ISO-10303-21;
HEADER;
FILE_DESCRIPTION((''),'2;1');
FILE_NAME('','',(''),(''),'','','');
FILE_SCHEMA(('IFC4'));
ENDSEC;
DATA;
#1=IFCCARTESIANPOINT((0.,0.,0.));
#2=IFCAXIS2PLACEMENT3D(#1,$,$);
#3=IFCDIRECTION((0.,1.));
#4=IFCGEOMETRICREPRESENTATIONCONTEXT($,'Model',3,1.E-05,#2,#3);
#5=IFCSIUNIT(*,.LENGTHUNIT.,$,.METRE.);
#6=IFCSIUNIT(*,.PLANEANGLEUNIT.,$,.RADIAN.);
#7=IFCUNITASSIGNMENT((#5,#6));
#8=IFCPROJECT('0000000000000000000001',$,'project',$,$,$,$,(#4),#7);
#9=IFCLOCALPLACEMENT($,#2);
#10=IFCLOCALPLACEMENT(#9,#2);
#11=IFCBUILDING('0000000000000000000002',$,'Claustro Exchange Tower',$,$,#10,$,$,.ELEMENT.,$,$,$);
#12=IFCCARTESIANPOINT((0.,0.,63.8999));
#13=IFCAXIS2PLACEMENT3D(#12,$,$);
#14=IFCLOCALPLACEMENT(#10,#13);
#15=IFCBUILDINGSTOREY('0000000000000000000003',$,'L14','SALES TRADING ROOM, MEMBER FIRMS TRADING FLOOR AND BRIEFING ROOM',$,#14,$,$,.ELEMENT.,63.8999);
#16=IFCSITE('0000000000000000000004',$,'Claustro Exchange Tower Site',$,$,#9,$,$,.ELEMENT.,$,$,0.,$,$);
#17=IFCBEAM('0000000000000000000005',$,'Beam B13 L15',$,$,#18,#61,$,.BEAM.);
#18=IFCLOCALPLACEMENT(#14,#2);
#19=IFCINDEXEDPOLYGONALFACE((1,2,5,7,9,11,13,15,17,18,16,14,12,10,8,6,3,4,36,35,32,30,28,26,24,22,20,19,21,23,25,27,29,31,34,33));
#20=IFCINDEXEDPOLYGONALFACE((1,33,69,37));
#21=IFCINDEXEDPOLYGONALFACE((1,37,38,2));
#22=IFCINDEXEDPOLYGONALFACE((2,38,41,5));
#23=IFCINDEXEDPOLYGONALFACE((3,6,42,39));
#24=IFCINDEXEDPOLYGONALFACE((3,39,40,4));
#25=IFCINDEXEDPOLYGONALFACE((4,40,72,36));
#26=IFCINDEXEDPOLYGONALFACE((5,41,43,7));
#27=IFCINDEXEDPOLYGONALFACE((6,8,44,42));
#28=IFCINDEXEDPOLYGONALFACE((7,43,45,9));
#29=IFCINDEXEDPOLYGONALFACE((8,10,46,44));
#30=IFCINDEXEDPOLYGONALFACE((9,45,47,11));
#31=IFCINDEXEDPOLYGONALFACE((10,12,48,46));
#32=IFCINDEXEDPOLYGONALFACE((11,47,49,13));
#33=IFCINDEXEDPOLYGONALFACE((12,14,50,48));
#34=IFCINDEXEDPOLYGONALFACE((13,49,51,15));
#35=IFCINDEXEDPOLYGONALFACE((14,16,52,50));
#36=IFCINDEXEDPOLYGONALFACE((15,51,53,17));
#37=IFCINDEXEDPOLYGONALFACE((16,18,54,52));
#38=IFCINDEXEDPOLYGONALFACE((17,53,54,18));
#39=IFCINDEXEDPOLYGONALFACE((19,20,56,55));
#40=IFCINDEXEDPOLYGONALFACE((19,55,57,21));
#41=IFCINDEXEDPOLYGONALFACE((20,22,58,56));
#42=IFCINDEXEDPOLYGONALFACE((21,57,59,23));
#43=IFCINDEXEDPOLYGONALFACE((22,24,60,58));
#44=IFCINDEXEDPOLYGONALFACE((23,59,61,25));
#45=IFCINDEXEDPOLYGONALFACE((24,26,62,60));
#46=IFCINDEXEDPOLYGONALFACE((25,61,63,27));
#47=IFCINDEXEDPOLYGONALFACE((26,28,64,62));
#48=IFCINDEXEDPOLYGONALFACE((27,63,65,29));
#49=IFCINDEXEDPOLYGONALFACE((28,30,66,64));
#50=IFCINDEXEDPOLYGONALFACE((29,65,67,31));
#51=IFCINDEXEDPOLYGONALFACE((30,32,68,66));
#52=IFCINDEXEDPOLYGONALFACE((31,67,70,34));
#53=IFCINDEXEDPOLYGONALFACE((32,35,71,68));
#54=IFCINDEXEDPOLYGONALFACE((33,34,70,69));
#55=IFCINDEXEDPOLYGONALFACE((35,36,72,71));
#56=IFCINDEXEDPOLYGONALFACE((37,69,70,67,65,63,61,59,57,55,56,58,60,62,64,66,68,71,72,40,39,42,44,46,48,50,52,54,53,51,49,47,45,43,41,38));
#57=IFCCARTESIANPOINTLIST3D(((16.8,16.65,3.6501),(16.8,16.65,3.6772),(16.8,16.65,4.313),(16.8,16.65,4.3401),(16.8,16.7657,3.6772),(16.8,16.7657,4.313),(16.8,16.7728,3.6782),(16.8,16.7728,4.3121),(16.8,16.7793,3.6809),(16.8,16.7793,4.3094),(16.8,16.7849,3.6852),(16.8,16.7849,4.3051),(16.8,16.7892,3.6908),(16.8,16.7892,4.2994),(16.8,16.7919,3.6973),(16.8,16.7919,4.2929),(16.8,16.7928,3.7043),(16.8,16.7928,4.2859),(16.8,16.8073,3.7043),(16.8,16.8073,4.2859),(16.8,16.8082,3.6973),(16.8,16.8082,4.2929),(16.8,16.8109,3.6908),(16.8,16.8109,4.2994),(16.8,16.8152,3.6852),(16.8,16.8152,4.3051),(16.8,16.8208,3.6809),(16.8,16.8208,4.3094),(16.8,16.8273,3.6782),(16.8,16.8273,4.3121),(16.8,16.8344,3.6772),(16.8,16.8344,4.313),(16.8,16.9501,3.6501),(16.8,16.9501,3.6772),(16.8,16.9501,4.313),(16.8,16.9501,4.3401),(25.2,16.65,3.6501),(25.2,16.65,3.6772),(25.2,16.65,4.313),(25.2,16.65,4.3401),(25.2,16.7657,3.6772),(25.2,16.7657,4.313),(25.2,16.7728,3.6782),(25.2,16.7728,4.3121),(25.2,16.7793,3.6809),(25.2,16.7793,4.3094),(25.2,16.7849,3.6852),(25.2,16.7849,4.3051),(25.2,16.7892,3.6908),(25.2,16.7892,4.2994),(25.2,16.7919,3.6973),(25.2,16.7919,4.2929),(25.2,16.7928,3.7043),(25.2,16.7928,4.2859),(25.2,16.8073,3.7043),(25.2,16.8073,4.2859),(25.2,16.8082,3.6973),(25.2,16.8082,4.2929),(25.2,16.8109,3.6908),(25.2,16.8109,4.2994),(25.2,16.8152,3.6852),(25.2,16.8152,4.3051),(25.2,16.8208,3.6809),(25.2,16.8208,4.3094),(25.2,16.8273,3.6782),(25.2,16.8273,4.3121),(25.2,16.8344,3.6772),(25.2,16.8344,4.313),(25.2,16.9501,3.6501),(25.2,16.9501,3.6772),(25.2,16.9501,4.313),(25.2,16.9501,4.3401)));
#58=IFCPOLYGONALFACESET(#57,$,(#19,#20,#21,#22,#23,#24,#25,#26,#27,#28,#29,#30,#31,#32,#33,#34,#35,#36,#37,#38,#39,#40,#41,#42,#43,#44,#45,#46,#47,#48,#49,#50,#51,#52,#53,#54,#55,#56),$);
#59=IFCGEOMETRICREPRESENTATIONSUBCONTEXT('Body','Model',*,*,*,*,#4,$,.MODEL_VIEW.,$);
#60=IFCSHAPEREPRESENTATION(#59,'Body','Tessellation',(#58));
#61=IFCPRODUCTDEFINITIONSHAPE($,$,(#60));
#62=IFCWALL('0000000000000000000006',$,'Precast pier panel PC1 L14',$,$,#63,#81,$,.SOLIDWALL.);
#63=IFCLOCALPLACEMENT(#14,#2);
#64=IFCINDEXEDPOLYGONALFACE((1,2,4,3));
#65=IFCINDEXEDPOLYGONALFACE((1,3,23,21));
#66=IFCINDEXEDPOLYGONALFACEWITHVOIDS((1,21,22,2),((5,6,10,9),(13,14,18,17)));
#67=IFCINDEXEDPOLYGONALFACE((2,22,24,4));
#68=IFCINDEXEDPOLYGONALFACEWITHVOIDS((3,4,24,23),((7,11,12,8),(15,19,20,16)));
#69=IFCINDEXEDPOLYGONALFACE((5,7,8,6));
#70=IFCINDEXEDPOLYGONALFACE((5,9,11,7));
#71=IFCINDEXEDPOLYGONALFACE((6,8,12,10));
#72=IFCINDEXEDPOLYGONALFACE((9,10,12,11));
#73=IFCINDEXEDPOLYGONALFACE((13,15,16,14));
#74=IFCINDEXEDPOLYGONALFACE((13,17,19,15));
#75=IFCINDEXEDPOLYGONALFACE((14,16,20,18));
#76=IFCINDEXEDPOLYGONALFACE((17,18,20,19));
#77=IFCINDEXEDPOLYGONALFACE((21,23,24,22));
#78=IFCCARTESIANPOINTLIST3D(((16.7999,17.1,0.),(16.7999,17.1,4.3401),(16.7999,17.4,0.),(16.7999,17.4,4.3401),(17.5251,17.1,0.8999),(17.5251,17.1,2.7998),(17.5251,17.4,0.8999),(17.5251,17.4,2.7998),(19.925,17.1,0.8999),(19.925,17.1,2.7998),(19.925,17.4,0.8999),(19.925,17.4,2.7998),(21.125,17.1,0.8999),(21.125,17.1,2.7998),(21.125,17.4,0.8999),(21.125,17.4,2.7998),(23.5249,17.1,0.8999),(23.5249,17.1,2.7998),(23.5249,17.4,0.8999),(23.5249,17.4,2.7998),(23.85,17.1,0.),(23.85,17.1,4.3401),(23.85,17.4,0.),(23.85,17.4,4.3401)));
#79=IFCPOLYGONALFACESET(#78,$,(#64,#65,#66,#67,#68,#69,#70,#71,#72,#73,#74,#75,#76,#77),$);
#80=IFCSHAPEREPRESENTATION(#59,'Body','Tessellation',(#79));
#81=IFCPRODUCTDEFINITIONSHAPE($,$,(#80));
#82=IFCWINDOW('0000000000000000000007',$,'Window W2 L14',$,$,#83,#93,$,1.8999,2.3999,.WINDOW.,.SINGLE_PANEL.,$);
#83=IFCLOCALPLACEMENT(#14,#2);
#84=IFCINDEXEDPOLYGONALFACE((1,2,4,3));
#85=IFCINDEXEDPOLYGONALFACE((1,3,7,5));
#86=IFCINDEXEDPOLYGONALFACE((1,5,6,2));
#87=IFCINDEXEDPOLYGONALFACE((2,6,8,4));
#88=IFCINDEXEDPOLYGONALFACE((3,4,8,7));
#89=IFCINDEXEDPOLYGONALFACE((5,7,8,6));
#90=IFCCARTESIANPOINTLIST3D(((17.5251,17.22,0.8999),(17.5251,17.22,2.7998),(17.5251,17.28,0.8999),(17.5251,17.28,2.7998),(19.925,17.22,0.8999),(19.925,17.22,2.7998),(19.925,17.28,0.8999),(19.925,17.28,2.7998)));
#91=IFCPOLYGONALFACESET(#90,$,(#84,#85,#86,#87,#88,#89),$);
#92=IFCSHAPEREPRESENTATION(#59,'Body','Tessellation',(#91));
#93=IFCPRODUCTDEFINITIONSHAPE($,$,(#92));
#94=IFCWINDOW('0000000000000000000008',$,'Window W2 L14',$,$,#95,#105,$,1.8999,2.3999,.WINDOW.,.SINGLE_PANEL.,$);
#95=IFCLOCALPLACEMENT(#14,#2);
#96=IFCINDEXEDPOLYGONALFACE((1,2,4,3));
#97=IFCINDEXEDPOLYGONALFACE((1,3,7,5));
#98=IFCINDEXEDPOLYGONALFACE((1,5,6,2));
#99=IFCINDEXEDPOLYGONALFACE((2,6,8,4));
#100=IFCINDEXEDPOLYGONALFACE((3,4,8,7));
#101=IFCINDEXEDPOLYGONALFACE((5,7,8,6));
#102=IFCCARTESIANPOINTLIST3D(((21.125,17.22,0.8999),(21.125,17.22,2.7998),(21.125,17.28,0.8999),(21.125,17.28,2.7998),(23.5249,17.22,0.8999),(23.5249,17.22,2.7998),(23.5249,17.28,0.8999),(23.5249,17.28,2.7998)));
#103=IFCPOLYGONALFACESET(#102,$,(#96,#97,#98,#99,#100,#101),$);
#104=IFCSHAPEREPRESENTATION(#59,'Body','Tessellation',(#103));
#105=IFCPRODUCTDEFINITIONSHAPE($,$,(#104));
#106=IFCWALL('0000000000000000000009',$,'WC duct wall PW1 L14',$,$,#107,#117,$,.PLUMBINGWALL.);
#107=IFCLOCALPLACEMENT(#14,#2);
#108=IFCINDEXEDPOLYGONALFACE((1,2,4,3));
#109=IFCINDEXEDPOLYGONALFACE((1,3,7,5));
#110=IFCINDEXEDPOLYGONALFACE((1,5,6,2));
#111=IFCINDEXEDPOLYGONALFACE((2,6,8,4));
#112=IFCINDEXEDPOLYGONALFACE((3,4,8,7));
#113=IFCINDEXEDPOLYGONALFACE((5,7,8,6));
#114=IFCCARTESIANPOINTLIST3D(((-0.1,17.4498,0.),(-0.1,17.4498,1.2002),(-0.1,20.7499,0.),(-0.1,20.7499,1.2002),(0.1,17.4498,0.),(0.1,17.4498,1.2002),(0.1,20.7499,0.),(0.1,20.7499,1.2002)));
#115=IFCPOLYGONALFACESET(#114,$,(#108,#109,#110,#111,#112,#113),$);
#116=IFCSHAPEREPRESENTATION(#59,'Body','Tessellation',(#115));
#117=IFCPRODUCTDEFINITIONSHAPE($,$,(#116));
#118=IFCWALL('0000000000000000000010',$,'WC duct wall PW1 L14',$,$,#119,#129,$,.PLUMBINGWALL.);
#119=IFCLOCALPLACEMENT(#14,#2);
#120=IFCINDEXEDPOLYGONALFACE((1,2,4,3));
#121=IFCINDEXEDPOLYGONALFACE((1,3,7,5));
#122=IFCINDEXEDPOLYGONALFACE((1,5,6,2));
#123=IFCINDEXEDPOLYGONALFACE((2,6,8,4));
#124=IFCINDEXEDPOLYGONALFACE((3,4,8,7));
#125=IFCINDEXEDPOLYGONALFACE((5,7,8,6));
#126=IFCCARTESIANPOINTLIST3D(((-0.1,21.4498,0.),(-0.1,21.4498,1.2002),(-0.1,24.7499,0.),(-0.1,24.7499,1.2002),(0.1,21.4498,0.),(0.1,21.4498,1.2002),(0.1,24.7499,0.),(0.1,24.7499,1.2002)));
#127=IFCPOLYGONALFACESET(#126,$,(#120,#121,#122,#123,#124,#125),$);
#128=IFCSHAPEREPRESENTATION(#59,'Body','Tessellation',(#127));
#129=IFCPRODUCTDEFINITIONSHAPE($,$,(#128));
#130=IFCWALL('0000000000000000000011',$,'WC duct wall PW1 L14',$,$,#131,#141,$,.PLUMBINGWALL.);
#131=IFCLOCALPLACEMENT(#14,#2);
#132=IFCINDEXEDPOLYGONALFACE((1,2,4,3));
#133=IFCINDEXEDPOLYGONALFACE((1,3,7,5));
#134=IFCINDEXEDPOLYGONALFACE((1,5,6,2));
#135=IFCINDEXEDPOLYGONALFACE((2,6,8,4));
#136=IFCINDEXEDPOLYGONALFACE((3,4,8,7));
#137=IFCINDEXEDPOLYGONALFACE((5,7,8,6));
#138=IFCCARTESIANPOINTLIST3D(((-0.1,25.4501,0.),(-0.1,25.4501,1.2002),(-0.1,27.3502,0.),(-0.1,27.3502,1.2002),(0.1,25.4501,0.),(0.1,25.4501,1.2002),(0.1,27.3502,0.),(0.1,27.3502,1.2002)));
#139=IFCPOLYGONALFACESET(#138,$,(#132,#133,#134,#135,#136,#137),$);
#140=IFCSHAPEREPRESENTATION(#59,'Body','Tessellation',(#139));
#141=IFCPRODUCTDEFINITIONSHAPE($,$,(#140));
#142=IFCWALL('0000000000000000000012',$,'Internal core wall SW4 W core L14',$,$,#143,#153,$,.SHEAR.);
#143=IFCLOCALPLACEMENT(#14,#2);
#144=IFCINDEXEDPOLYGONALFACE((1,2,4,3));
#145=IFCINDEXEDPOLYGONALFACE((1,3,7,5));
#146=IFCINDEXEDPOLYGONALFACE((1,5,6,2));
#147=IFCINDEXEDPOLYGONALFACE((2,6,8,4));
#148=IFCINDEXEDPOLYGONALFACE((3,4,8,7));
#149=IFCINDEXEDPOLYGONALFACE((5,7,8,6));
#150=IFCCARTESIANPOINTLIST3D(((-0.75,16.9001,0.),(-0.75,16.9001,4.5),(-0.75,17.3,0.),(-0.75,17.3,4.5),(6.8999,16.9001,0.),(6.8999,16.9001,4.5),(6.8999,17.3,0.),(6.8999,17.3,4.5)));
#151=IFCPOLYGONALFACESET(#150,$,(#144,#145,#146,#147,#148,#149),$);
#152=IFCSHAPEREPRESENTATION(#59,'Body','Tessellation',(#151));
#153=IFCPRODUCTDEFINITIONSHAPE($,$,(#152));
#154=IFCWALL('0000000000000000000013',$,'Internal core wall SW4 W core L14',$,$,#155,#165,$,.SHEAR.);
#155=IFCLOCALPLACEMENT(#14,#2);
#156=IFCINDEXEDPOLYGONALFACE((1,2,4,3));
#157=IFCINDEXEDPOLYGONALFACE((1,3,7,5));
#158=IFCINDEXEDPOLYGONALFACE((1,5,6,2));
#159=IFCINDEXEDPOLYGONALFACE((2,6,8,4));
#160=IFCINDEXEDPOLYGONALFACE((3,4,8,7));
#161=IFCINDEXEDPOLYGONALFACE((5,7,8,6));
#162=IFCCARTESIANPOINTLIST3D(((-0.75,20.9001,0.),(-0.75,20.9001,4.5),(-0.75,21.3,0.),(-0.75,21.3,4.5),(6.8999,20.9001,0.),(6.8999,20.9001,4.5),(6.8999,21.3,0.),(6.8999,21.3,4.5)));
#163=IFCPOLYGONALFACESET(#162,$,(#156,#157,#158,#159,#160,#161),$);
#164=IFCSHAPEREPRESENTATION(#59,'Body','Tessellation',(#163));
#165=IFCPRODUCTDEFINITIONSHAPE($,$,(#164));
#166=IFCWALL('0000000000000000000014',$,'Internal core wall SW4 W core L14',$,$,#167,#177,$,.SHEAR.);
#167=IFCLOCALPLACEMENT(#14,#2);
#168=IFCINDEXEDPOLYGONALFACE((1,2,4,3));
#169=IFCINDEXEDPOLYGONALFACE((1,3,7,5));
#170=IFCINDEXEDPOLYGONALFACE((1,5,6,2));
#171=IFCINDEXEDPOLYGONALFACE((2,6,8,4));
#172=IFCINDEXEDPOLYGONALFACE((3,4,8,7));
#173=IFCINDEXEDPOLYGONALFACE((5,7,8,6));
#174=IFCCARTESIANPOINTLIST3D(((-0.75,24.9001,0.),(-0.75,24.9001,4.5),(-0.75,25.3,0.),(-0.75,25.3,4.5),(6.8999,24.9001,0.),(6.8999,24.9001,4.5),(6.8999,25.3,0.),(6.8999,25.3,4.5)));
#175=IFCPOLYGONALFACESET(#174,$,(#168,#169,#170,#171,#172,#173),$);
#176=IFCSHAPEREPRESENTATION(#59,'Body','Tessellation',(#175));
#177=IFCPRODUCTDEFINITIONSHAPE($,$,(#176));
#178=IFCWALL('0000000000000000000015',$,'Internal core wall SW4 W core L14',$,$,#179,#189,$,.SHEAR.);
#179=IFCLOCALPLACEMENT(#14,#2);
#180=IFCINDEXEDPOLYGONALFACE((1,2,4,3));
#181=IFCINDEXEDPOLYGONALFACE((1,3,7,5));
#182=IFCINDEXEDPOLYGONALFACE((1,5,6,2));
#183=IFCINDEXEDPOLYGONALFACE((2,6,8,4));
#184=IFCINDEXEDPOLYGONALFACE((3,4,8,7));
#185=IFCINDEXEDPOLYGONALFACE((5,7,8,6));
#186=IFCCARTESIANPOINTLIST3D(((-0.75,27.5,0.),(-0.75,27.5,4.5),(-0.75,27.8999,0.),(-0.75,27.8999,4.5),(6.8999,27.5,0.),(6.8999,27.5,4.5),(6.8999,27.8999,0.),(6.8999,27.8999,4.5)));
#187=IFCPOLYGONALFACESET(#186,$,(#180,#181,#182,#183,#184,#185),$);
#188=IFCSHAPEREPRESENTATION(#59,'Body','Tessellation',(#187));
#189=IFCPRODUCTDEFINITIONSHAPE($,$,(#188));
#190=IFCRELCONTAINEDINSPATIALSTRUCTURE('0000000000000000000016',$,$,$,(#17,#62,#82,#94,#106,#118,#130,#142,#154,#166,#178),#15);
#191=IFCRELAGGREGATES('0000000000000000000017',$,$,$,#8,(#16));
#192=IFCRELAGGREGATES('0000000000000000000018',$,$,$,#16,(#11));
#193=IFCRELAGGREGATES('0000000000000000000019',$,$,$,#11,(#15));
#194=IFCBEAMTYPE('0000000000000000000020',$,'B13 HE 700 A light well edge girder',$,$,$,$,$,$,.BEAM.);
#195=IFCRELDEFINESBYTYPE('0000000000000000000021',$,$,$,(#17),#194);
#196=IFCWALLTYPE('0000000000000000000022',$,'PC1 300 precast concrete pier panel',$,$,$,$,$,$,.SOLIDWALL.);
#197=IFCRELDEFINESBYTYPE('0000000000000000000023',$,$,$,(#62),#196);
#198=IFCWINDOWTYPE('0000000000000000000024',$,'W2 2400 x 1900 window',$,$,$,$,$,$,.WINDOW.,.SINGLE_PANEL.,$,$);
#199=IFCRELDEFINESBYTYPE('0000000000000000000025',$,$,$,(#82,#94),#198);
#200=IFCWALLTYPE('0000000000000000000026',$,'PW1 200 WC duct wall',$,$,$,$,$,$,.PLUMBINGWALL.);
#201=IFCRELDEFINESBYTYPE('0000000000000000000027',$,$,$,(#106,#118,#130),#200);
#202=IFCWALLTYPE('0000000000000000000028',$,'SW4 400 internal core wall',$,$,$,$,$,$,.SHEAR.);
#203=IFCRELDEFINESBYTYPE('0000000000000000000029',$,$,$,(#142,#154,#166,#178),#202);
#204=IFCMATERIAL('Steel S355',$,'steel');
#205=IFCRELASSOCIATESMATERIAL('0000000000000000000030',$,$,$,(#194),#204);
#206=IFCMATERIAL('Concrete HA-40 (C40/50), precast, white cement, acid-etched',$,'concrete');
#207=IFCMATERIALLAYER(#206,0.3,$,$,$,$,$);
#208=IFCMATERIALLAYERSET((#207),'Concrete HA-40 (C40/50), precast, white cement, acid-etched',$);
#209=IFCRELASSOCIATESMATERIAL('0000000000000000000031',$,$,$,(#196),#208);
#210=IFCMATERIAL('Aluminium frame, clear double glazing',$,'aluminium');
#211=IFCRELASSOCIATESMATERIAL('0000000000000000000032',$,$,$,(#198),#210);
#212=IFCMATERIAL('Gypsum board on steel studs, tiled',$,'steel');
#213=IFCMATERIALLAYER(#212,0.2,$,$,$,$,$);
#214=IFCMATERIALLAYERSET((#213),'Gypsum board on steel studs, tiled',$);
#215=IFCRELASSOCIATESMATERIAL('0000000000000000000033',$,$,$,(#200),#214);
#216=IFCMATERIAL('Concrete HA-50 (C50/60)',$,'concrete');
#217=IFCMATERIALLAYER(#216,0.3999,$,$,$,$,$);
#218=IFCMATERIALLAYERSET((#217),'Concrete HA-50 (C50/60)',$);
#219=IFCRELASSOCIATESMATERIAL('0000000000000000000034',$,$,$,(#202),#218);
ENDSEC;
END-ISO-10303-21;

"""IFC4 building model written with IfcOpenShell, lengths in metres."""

from ifc_helpers import new_model, si_unit, direction, frame, frame_2d, origin, origin_2d, place, context, subcontext, project, spatial, rectangle, i_section, extrude, material, layer, layer_set, material_profile, profile_set, type_object, element, fill, save


model = new_model("IFC4")

# Units and contexts
model_context = context("Model", 3, precision=1e-05, world=origin(), true_north=direction((0.0, 1.0)))
body_context = subcontext(model_context, "Body", "Model", "MODEL_VIEW")
ifc_project = project(units=[si_unit("LENGTHUNIT", "METRE"), si_unit("PLANEANGLEUNIT", "RADIAN")], contexts=[model_context])

# Site, building, storey
site_placement = place(None, origin())
site = spatial("IfcSite", under=ifc_project, at=site_placement, Name="Claustro Exchange Tower Site", CompositionType="ELEMENT", RefElevation=0.0)
building_placement = place(site_placement, origin())
building = spatial("IfcBuilding", under=site, at=building_placement, Name="Claustro Exchange Tower", CompositionType="ELEMENT")
storey_placement = place(building_placement, frame((0.0, 0.0, 63.8999)))
storey = spatial("IfcBuildingStorey", under=building, at=storey_placement, Name="L14", Description="SALES TRADING ROOM, MEMBER FIRMS TRADING FLOOR AND BRIEFING ROOM", CompositionType="ELEMENT", Elevation=63.8999)

# Beam
ifc_material_1 = material(Name="Steel S355", Category="steel")
ifc_material_profile = material_profile(ifc_material_1, i_section(OverallWidth=0.3, OverallDepth=0.6899, WebThickness=0.0144, FlangeThickness=0.0271, FilletRadius=0.0271, at=origin_2d()), Name="HE 700 A")
ifc_profile_set = profile_set([ifc_material_profile], Name="Steel S355")
beam_type = type_object("IfcBeamType", Name="B13 HE 700 A light well edge girder", PredefinedType="BEAM", material=ifc_profile_set)
beam_placement = place(storey_placement, frame((16.8, 16.8, 3.9951), z_axis=(1.0, 0.0, 0.0), x_axis=(0.0, 1.0, 0.0)))
element("IfcBeam", 1, at=beam_placement, inside=storey, type_object=beam_type, Name="Beam B13 L15", PredefinedType="BEAM", context=body_context, shape_type="SweptSolid", body=[
    extrude(i_section(OverallWidth=0.3, OverallDepth=0.6899, WebThickness=0.0144, FlangeThickness=0.0271, FilletRadius=0.0271, at=origin_2d()), origin(), (0.0, 0.0, 1.0), 8.3999),
])

# Wall, openings, windows
ifc_material_2 = material(Name="Concrete HA-40 (C40/50), precast, white cement, acid-etched", Category="concrete")
ifc_layer_1 = layer(ifc_material_2, 0.3)
ifc_layer_set_1 = layer_set([ifc_layer_1], Name="Concrete HA-40 (C40/50), precast, white cement, acid-etched")
wall_type_1 = type_object("IfcWallType", Name="PC1 300 precast concrete pier panel", PredefinedType="SOLIDWALL", material=ifc_layer_set_1)
wall_1_placement = place(storey_placement, frame((16.8, 17.25, 0.0), z_axis=(0.0, 0.0, 1.0), x_axis=(1.0, 0.0, 0.0)))
wall_1 = element("IfcWall", 2, at=wall_1_placement, inside=storey, type_object=wall_type_1, Name="Precast pier panel PC1 L14", PredefinedType="SOLIDWALL", context=body_context, shape_type="SweptSolid", body=[
    extrude(rectangle(XDim=7.05, YDim=0.3, at=frame_2d((3.5249, 0.0))), origin(), (0.0, 0.0, 1.0), 4.3401),
])
opening_1_placement = place(wall_1_placement, frame((0.7251, 0.0, 0.8999)))
opening_1 = element("IfcOpeningElement", 3, at=opening_1_placement, cuts=wall_1, PredefinedType="OPENING", context=body_context, shape_type="SweptSolid", body=[
    extrude(rectangle(XDim=2.3999, YDim=1.8999, at=frame_2d((1.2, 0.95))), frame((0.0, 0.1599, 0.0), z_axis=(0.0, -1.0, 0.0), x_axis=(1.0, 0.0, 0.0)), (0.0, 0.0, 1.0), 0.3201),
])
opening_2_placement = place(wall_1_placement, frame((4.325, 0.0, 0.8999)))
opening_2 = element("IfcOpeningElement", 4, at=opening_2_placement, cuts=wall_1, PredefinedType="OPENING", context=body_context, shape_type="SweptSolid", body=[
    extrude(rectangle(XDim=2.3999, YDim=1.8999, at=frame_2d((1.2, 0.95))), frame((0.0, 0.1599, 0.0), z_axis=(0.0, -1.0, 0.0), x_axis=(1.0, 0.0, 0.0)), (0.0, 0.0, 1.0), 0.3201),
])
ifc_material_3 = material(Name="Aluminium frame, clear double glazing", Category="aluminium")
window_type = type_object("IfcWindowType", Name="W2 2400 x 1900 window", PartitioningType="SINGLE_PANEL", PredefinedType="WINDOW", material=ifc_material_3)
window_1_placement = place(opening_1_placement, origin())
window_1 = element("IfcWindow", 5, at=window_1_placement, inside=storey, type_object=window_type, Name="Window W2 L14", OverallHeight=1.8999, OverallWidth=2.3999, PartitioningType="SINGLE_PANEL", PredefinedType="WINDOW", context=body_context, shape_type="SweptSolid", body=[
    extrude(rectangle(XDim=2.3999, YDim=1.8999, at=frame_2d((1.2, 0.95))), frame((0.0, 0.03, 0.0), z_axis=(0.0, -1.0, 0.0), x_axis=(1.0, 0.0, 0.0)), (0.0, 0.0, 1.0), 0.0601),
])
fill(opening_1, window_1)
window_2_placement = place(opening_2_placement, origin())
window_2 = element("IfcWindow", 6, at=window_2_placement, inside=storey, type_object=window_type, Name="Window W2 L14", OverallHeight=1.8999, OverallWidth=2.3999, PartitioningType="SINGLE_PANEL", PredefinedType="WINDOW", context=body_context, shape_type="SweptSolid", body=[
    extrude(rectangle(XDim=2.3999, YDim=1.8999, at=frame_2d((1.2, 0.95))), frame((0.0, 0.03, 0.0), z_axis=(0.0, -1.0, 0.0), x_axis=(1.0, 0.0, 0.0)), (0.0, 0.0, 1.0), 0.0601),
])
fill(opening_2, window_2)

# Walls
ifc_material_4 = material(Name="Gypsum board on steel studs, tiled", Category="steel")
ifc_layer_2 = layer(ifc_material_4, 0.2)
ifc_layer_set_2 = layer_set([ifc_layer_2], Name="Gypsum board on steel studs, tiled")
wall_type_2 = type_object("IfcWallType", Name="PW1 200 WC duct wall", PredefinedType="PLUMBINGWALL", material=ifc_layer_set_2)
for number, where, z_axis, x_axis, name in (
    (7, (0.0, 17.45, 0.0), (0.0, 0.0, 1.0), (0.0, 1.0, 0.0), "WC duct wall PW1 L14"),
    (8, (0.0, 21.45, 0.0), (0.0, 0.0, 1.0), (0.0, 1.0, 0.0), "WC duct wall PW1 L14"),
):
    element("IfcWall", number, at=place(storey_placement, frame(where, z_axis=z_axis, x_axis=x_axis)), inside=storey, type_object=wall_type_2, Name=name, PredefinedType="PLUMBINGWALL", context=body_context, shape_type="SweptSolid", body=[
        extrude(rectangle(XDim=3.3, YDim=0.2, at=frame_2d((1.6499, 0.0))), origin(), (0.0, 0.0, 1.0), 1.2002),
    ])
wall_2_placement = place(storey_placement, frame((0.0, 25.45, 0.0), z_axis=(0.0, 0.0, 1.0), x_axis=(0.0, 1.0, 0.0)))
element("IfcWall", 9, at=wall_2_placement, inside=storey, type_object=wall_type_2, Name="WC duct wall PW1 L14", PredefinedType="PLUMBINGWALL", context=body_context, shape_type="SweptSolid", body=[
    extrude(rectangle(XDim=1.9001, YDim=0.2, at=frame_2d((0.9502, 0.0))), origin(), (0.0, 0.0, 1.0), 1.2002),
])
ifc_material_5 = material(Name="Concrete HA-50 (C50/60)", Category="concrete")
ifc_layer_3 = layer(ifc_material_5, 0.3999)
ifc_layer_set_3 = layer_set([ifc_layer_3], Name="Concrete HA-50 (C50/60)")
wall_type_3 = type_object("IfcWallType", Name="SW4 400 internal core wall", PredefinedType="SHEAR", material=ifc_layer_set_3)
for number, where, z_axis, x_axis, name in (
    (10, (-0.75, 17.1001, 0.0), (0.0, 0.0, 1.0), (1.0, 0.0, 0.0), "Internal core wall SW4 W core L14"),
    (11, (-0.75, 21.1001, 0.0), (0.0, 0.0, 1.0), (1.0, 0.0, 0.0), "Internal core wall SW4 W core L14"),
    (12, (-0.75, 25.1001, 0.0), (0.0, 0.0, 1.0), (1.0, 0.0, 0.0), "Internal core wall SW4 W core L14"),
    (13, (-0.75, 27.7, 0.0), (0.0, 0.0, 1.0), (1.0, 0.0, 0.0), "Internal core wall SW4 W core L14"),
):
    element("IfcWall", number, at=place(storey_placement, frame(where, z_axis=z_axis, x_axis=x_axis)), inside=storey, type_object=wall_type_3, Name=name, PredefinedType="SHEAR", context=body_context, shape_type="SweptSolid", body=[
        extrude(rectangle(XDim=7.6499, YDim=0.3999, at=frame_2d((3.825, 0.0))), origin(), (0.0, 0.0, 1.0), 4.5),
    ])

save(model, "model.ifc")
